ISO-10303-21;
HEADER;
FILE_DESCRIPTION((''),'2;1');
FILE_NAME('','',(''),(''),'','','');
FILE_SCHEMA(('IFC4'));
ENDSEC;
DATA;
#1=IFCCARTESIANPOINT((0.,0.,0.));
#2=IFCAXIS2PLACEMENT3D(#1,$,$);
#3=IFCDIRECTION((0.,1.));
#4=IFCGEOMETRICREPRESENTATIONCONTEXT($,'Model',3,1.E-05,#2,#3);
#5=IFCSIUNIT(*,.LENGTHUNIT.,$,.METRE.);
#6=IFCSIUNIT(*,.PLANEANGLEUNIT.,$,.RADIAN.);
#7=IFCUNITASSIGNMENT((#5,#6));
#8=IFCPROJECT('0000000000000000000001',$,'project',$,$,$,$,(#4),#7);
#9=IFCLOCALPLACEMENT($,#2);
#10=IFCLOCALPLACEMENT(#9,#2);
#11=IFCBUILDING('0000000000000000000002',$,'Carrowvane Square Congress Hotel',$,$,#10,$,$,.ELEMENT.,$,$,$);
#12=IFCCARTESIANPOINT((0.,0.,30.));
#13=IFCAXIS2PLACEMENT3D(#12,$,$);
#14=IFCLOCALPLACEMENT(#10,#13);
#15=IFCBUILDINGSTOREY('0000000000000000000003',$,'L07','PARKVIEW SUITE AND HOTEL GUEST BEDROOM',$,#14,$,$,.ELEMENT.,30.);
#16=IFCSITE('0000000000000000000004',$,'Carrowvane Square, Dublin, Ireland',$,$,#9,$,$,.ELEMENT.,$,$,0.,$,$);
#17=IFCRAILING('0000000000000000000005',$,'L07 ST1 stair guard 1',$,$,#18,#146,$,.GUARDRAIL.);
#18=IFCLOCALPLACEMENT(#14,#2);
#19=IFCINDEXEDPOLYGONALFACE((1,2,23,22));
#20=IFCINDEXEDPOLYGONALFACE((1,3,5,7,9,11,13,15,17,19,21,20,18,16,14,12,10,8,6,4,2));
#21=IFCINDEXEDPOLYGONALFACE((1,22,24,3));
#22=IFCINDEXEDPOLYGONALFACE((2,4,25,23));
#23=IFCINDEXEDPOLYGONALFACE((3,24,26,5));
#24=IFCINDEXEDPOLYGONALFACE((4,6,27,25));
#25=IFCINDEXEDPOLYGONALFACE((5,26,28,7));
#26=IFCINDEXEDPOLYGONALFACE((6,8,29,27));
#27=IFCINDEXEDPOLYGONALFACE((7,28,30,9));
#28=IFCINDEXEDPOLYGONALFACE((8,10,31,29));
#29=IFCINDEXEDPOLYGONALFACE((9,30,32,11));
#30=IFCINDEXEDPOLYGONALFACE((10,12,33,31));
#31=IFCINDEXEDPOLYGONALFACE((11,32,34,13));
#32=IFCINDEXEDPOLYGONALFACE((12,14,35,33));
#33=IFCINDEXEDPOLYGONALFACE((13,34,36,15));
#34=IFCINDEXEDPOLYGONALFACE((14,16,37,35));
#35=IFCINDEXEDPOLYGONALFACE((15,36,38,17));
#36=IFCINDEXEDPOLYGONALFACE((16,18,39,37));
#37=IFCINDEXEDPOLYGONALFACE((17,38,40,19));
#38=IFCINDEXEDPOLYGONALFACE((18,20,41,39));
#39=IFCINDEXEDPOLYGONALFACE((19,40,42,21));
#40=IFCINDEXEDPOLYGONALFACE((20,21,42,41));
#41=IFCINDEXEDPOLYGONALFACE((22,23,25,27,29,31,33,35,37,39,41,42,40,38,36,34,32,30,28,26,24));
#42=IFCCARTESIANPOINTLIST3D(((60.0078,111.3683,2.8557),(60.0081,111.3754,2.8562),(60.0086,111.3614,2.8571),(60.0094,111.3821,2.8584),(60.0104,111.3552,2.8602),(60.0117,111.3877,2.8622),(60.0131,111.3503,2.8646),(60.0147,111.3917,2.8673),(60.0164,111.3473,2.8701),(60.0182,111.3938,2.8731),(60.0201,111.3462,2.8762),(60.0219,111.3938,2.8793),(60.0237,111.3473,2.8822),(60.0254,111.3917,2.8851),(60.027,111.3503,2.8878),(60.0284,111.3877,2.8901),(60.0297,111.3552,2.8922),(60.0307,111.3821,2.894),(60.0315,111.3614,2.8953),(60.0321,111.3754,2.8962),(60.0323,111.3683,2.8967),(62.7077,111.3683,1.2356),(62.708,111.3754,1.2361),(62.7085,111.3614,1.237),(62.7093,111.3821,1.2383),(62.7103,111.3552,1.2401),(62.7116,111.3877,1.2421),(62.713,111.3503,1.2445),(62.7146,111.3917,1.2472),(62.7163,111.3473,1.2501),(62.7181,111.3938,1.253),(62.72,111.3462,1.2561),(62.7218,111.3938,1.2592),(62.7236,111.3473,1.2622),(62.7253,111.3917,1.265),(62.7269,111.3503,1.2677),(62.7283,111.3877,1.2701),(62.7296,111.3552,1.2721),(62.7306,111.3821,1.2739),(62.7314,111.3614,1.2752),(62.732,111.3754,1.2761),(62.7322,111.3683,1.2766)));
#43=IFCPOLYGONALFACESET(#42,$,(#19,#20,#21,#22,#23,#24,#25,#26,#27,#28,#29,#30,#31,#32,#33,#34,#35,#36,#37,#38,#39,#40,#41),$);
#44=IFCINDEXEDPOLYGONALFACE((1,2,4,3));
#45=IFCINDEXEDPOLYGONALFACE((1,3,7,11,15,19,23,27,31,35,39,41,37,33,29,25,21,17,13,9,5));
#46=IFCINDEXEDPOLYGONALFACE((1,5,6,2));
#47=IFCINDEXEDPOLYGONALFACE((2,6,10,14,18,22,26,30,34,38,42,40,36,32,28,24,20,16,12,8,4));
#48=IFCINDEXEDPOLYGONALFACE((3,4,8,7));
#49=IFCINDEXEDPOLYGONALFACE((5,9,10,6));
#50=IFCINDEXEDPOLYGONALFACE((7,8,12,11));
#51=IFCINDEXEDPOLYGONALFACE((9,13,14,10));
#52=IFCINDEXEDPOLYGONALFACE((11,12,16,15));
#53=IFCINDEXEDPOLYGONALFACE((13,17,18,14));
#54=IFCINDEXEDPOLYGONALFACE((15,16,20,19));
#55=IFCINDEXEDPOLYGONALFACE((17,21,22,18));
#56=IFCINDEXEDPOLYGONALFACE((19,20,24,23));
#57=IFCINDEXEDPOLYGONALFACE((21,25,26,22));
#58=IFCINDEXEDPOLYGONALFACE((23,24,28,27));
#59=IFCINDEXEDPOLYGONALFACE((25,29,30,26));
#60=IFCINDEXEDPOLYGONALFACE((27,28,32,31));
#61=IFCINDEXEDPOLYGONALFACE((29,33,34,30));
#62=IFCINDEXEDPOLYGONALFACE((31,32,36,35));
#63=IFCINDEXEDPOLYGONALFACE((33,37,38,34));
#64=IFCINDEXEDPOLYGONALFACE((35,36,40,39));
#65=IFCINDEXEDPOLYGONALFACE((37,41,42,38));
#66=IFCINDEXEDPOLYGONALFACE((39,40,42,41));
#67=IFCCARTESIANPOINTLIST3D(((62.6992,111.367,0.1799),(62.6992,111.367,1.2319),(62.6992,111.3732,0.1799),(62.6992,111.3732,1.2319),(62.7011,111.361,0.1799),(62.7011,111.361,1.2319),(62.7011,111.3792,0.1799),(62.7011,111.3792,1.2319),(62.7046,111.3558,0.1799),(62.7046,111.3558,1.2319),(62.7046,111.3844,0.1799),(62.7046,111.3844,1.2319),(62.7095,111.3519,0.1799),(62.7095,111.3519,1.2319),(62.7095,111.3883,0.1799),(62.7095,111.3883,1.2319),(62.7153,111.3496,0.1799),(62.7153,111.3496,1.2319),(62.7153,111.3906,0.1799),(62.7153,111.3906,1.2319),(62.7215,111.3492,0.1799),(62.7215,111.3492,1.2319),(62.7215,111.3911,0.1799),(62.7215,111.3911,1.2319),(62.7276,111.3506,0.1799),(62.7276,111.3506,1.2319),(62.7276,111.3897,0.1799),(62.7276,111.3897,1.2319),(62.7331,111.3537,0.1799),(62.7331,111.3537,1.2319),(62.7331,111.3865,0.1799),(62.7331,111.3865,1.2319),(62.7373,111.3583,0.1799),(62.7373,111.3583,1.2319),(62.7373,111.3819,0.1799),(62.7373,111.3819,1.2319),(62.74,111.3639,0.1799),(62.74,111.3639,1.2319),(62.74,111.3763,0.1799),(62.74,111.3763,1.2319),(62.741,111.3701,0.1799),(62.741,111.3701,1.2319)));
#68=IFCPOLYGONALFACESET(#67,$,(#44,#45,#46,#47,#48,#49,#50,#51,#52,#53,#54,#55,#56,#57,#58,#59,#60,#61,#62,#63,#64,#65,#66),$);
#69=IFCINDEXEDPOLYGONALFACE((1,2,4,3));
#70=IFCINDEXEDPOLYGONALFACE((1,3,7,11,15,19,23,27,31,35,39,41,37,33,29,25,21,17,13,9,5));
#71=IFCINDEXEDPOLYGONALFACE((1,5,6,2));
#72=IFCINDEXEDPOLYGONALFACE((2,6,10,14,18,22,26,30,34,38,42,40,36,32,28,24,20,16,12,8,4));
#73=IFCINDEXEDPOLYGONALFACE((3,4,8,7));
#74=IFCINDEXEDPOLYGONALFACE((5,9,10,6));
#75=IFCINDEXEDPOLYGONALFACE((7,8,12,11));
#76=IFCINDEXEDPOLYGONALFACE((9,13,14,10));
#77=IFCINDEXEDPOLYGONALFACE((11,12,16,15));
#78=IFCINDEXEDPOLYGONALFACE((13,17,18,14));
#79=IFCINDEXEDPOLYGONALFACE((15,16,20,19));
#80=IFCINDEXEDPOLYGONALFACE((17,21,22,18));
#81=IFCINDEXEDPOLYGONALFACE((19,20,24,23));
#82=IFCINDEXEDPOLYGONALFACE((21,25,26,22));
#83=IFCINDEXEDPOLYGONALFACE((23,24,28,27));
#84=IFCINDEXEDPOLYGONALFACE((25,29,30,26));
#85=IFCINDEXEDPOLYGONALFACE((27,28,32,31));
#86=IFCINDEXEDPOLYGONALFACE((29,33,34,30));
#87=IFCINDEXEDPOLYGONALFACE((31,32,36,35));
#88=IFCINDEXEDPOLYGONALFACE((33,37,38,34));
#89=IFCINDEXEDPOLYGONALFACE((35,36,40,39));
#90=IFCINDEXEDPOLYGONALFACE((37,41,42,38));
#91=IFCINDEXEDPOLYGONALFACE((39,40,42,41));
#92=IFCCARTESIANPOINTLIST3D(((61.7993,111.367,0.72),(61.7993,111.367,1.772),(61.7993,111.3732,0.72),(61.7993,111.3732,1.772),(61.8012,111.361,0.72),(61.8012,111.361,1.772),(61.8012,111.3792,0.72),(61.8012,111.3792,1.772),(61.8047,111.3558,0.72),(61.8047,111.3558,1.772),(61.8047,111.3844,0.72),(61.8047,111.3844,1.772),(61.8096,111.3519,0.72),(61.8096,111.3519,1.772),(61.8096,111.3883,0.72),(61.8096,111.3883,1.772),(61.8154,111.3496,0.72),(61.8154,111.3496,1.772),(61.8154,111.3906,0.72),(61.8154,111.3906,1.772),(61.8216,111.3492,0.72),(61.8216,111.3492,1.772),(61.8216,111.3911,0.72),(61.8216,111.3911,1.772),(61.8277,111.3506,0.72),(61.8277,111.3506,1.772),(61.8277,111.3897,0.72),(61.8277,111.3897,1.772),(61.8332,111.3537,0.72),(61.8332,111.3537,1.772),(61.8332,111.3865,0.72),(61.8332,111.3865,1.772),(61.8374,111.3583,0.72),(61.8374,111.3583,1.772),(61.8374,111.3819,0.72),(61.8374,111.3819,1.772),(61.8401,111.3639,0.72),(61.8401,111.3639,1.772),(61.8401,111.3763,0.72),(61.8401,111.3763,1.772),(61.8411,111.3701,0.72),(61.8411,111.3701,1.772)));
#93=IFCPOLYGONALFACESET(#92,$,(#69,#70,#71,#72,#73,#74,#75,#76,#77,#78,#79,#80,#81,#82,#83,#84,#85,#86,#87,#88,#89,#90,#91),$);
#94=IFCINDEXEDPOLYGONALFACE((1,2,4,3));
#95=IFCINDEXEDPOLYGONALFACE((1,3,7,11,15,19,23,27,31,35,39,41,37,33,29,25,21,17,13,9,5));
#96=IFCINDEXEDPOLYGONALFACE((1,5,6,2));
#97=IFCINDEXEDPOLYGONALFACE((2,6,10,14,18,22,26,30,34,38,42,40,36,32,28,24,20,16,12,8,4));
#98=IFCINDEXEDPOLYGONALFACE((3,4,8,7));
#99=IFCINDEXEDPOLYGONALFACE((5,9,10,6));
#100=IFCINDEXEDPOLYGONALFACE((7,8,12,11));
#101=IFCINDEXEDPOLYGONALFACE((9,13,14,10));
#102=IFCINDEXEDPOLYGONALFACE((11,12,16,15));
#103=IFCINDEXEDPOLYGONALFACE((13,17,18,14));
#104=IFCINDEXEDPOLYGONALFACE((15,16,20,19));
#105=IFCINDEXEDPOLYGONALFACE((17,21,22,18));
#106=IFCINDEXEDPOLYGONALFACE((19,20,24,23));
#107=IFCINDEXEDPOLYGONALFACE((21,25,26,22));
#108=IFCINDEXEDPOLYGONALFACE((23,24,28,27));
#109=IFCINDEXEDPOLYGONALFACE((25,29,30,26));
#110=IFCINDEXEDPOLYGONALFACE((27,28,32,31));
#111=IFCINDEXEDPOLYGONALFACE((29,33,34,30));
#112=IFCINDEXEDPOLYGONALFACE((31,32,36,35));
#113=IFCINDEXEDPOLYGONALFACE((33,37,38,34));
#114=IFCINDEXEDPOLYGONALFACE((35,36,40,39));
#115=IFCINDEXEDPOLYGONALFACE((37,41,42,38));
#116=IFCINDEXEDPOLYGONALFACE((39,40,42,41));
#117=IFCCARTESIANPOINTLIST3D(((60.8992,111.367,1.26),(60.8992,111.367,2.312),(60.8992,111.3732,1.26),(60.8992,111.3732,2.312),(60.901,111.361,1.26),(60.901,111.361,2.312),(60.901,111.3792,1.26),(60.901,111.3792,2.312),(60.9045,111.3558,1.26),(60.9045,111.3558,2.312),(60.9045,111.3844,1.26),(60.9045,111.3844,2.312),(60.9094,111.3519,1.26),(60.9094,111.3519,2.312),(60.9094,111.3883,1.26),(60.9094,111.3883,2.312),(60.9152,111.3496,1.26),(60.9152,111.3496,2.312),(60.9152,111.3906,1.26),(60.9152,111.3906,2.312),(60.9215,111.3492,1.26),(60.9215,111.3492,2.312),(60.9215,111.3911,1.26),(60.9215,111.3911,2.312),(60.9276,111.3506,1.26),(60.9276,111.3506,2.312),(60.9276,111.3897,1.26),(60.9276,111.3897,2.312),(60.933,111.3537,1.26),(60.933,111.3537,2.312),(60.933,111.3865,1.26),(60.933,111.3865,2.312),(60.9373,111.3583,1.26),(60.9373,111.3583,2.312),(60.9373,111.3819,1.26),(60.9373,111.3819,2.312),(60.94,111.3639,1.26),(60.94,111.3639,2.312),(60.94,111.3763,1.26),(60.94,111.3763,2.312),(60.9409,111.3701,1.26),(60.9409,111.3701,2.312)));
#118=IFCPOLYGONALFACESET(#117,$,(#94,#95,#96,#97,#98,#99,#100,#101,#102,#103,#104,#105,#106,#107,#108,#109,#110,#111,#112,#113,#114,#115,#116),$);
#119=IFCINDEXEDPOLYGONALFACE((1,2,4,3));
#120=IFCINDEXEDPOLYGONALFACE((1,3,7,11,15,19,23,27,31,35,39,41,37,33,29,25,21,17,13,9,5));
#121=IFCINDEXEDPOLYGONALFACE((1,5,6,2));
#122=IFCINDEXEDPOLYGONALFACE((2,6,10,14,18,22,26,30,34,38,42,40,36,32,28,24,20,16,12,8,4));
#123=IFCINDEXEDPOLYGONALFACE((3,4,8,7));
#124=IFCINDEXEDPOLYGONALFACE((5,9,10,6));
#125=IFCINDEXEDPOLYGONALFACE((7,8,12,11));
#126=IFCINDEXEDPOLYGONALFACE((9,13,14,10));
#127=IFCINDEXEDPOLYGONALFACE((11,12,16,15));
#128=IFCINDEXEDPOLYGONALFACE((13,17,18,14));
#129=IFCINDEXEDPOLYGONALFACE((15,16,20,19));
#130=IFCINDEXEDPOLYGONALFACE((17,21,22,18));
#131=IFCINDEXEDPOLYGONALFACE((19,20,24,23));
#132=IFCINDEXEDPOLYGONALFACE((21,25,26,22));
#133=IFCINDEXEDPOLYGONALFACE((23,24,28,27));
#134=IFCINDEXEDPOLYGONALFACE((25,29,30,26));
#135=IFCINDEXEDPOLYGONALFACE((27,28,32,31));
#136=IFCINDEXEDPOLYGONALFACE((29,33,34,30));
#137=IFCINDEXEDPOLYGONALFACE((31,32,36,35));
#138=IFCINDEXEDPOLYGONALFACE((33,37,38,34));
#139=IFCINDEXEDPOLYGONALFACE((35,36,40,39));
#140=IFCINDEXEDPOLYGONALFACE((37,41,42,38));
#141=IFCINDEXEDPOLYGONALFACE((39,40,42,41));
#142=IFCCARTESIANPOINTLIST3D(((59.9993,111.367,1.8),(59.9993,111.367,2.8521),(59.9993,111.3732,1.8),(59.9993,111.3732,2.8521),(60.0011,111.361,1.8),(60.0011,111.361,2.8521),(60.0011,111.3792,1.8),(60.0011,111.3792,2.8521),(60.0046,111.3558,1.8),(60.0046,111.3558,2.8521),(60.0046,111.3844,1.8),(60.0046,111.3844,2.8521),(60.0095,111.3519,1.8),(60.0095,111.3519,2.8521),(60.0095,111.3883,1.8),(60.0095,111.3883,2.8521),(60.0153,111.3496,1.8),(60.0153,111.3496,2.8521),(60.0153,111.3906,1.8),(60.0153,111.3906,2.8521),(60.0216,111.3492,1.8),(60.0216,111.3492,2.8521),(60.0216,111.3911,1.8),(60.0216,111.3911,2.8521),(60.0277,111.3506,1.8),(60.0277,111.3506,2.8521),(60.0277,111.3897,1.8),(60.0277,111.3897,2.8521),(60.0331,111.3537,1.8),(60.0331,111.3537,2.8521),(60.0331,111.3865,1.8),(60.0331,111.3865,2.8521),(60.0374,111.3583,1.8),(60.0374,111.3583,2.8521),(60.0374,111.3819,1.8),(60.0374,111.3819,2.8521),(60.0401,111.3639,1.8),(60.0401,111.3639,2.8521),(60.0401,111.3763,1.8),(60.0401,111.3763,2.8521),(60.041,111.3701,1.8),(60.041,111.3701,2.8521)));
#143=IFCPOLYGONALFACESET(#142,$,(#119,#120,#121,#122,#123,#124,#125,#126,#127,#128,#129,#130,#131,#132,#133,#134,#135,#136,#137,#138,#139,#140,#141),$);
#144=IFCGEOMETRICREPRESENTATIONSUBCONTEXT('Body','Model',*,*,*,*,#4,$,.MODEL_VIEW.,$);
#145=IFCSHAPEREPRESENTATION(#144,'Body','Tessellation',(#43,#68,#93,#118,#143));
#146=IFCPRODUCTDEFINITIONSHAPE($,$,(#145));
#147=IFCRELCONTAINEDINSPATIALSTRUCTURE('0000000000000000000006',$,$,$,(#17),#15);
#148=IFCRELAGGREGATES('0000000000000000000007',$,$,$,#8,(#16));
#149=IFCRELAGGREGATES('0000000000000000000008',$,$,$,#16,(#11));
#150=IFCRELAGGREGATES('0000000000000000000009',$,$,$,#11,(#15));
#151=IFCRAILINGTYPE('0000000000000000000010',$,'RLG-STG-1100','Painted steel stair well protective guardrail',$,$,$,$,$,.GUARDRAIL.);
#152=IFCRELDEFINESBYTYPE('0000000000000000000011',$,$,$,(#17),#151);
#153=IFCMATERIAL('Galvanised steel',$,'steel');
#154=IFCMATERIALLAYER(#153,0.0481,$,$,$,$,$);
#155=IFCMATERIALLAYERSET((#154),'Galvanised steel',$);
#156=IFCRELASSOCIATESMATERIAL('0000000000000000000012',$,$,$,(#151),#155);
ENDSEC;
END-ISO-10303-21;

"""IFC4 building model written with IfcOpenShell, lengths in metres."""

from ifc_helpers import new_model, si_unit, direction, frame, origin, origin_2d, place, context, subcontext, project, spatial, circle, extrude, material, layer, layer_set, type_object, element, save


model = new_model("IFC4")

# Units and contexts
model_context = context("Model", 3, precision=1e-05, world=origin(), true_north=direction((0.0, 1.0)))
body_context = subcontext(model_context, "Body", "Model", "MODEL_VIEW")
ifc_project = project(units=[si_unit("LENGTHUNIT", "METRE"), si_unit("PLANEANGLEUNIT", "RADIAN")], contexts=[model_context])

# Site, building, storey
site_placement = place(None, origin())
site = spatial("IfcSite", under=ifc_project, at=site_placement, Name="Carrowvane Square, Dublin, Ireland", CompositionType="ELEMENT", RefElevation=0.0)
building_placement = place(site_placement, origin())
building = spatial("IfcBuilding", under=site, at=building_placement, Name="Carrowvane Square Congress Hotel", CompositionType="ELEMENT")
storey_placement = place(building_placement, frame((0.0, 0.0, 30.0)))
storey = spatial("IfcBuildingStorey", under=building, at=storey_placement, Name="L07", Description="PARKVIEW SUITE AND HOTEL GUEST BEDROOM", CompositionType="ELEMENT", Elevation=30.0)

# Railing
ifc_material_1 = material(Name="Galvanised steel", Category="steel")
ifc_layer_1 = layer(ifc_material_1, 0.0481)
ifc_layer_set_1 = layer_set([ifc_layer_1], Name="Galvanised steel")
railing_type_1 = type_object("IfcRailingType", Name="RLG-STG-1100", Description="Painted steel stair well protective guardrail", PredefinedType="GUARDRAIL", material=ifc_layer_set_1)
railing_1_placement = place(storey_placement, frame((62.72, 111.3701, 0.1799)))
element("IfcRailing", 1, at=railing_1_placement, inside=storey, type_object=railing_type_1, Name="L07 ST1 stair guard 1", PredefinedType="GUARDRAIL", context=body_context, shape_type="SweptSolid", body=[
    extrude(circle(Radius=0.0239, at=origin_2d()), frame((0.0, 0.0, 1.0762), z_axis=(-0.857472, 0.0, 0.51453), x_axis=(0.0, -1.0, 0.0)), (0.0, 0.0, 1.0), 3.1487),
    extrude(circle(Radius=0.021, at=origin_2d()), origin(), (0.0, 0.0, 1.0), 1.052),
    extrude(circle(Radius=0.021, at=origin_2d()), frame((-0.8999, 0.0, 0.54)), (0.0, 0.0, 1.0), 1.052),
    extrude(circle(Radius=0.021, at=origin_2d()), frame((-1.8, 0.0, 1.0801)), (0.0, 0.0, 1.0), 1.052),
    extrude(circle(Radius=0.021, at=origin_2d()), frame((-2.7, 0.0, 1.6201)), (0.0, 0.0, 1.0), 1.052),
])

save(model, "model.ifc")
